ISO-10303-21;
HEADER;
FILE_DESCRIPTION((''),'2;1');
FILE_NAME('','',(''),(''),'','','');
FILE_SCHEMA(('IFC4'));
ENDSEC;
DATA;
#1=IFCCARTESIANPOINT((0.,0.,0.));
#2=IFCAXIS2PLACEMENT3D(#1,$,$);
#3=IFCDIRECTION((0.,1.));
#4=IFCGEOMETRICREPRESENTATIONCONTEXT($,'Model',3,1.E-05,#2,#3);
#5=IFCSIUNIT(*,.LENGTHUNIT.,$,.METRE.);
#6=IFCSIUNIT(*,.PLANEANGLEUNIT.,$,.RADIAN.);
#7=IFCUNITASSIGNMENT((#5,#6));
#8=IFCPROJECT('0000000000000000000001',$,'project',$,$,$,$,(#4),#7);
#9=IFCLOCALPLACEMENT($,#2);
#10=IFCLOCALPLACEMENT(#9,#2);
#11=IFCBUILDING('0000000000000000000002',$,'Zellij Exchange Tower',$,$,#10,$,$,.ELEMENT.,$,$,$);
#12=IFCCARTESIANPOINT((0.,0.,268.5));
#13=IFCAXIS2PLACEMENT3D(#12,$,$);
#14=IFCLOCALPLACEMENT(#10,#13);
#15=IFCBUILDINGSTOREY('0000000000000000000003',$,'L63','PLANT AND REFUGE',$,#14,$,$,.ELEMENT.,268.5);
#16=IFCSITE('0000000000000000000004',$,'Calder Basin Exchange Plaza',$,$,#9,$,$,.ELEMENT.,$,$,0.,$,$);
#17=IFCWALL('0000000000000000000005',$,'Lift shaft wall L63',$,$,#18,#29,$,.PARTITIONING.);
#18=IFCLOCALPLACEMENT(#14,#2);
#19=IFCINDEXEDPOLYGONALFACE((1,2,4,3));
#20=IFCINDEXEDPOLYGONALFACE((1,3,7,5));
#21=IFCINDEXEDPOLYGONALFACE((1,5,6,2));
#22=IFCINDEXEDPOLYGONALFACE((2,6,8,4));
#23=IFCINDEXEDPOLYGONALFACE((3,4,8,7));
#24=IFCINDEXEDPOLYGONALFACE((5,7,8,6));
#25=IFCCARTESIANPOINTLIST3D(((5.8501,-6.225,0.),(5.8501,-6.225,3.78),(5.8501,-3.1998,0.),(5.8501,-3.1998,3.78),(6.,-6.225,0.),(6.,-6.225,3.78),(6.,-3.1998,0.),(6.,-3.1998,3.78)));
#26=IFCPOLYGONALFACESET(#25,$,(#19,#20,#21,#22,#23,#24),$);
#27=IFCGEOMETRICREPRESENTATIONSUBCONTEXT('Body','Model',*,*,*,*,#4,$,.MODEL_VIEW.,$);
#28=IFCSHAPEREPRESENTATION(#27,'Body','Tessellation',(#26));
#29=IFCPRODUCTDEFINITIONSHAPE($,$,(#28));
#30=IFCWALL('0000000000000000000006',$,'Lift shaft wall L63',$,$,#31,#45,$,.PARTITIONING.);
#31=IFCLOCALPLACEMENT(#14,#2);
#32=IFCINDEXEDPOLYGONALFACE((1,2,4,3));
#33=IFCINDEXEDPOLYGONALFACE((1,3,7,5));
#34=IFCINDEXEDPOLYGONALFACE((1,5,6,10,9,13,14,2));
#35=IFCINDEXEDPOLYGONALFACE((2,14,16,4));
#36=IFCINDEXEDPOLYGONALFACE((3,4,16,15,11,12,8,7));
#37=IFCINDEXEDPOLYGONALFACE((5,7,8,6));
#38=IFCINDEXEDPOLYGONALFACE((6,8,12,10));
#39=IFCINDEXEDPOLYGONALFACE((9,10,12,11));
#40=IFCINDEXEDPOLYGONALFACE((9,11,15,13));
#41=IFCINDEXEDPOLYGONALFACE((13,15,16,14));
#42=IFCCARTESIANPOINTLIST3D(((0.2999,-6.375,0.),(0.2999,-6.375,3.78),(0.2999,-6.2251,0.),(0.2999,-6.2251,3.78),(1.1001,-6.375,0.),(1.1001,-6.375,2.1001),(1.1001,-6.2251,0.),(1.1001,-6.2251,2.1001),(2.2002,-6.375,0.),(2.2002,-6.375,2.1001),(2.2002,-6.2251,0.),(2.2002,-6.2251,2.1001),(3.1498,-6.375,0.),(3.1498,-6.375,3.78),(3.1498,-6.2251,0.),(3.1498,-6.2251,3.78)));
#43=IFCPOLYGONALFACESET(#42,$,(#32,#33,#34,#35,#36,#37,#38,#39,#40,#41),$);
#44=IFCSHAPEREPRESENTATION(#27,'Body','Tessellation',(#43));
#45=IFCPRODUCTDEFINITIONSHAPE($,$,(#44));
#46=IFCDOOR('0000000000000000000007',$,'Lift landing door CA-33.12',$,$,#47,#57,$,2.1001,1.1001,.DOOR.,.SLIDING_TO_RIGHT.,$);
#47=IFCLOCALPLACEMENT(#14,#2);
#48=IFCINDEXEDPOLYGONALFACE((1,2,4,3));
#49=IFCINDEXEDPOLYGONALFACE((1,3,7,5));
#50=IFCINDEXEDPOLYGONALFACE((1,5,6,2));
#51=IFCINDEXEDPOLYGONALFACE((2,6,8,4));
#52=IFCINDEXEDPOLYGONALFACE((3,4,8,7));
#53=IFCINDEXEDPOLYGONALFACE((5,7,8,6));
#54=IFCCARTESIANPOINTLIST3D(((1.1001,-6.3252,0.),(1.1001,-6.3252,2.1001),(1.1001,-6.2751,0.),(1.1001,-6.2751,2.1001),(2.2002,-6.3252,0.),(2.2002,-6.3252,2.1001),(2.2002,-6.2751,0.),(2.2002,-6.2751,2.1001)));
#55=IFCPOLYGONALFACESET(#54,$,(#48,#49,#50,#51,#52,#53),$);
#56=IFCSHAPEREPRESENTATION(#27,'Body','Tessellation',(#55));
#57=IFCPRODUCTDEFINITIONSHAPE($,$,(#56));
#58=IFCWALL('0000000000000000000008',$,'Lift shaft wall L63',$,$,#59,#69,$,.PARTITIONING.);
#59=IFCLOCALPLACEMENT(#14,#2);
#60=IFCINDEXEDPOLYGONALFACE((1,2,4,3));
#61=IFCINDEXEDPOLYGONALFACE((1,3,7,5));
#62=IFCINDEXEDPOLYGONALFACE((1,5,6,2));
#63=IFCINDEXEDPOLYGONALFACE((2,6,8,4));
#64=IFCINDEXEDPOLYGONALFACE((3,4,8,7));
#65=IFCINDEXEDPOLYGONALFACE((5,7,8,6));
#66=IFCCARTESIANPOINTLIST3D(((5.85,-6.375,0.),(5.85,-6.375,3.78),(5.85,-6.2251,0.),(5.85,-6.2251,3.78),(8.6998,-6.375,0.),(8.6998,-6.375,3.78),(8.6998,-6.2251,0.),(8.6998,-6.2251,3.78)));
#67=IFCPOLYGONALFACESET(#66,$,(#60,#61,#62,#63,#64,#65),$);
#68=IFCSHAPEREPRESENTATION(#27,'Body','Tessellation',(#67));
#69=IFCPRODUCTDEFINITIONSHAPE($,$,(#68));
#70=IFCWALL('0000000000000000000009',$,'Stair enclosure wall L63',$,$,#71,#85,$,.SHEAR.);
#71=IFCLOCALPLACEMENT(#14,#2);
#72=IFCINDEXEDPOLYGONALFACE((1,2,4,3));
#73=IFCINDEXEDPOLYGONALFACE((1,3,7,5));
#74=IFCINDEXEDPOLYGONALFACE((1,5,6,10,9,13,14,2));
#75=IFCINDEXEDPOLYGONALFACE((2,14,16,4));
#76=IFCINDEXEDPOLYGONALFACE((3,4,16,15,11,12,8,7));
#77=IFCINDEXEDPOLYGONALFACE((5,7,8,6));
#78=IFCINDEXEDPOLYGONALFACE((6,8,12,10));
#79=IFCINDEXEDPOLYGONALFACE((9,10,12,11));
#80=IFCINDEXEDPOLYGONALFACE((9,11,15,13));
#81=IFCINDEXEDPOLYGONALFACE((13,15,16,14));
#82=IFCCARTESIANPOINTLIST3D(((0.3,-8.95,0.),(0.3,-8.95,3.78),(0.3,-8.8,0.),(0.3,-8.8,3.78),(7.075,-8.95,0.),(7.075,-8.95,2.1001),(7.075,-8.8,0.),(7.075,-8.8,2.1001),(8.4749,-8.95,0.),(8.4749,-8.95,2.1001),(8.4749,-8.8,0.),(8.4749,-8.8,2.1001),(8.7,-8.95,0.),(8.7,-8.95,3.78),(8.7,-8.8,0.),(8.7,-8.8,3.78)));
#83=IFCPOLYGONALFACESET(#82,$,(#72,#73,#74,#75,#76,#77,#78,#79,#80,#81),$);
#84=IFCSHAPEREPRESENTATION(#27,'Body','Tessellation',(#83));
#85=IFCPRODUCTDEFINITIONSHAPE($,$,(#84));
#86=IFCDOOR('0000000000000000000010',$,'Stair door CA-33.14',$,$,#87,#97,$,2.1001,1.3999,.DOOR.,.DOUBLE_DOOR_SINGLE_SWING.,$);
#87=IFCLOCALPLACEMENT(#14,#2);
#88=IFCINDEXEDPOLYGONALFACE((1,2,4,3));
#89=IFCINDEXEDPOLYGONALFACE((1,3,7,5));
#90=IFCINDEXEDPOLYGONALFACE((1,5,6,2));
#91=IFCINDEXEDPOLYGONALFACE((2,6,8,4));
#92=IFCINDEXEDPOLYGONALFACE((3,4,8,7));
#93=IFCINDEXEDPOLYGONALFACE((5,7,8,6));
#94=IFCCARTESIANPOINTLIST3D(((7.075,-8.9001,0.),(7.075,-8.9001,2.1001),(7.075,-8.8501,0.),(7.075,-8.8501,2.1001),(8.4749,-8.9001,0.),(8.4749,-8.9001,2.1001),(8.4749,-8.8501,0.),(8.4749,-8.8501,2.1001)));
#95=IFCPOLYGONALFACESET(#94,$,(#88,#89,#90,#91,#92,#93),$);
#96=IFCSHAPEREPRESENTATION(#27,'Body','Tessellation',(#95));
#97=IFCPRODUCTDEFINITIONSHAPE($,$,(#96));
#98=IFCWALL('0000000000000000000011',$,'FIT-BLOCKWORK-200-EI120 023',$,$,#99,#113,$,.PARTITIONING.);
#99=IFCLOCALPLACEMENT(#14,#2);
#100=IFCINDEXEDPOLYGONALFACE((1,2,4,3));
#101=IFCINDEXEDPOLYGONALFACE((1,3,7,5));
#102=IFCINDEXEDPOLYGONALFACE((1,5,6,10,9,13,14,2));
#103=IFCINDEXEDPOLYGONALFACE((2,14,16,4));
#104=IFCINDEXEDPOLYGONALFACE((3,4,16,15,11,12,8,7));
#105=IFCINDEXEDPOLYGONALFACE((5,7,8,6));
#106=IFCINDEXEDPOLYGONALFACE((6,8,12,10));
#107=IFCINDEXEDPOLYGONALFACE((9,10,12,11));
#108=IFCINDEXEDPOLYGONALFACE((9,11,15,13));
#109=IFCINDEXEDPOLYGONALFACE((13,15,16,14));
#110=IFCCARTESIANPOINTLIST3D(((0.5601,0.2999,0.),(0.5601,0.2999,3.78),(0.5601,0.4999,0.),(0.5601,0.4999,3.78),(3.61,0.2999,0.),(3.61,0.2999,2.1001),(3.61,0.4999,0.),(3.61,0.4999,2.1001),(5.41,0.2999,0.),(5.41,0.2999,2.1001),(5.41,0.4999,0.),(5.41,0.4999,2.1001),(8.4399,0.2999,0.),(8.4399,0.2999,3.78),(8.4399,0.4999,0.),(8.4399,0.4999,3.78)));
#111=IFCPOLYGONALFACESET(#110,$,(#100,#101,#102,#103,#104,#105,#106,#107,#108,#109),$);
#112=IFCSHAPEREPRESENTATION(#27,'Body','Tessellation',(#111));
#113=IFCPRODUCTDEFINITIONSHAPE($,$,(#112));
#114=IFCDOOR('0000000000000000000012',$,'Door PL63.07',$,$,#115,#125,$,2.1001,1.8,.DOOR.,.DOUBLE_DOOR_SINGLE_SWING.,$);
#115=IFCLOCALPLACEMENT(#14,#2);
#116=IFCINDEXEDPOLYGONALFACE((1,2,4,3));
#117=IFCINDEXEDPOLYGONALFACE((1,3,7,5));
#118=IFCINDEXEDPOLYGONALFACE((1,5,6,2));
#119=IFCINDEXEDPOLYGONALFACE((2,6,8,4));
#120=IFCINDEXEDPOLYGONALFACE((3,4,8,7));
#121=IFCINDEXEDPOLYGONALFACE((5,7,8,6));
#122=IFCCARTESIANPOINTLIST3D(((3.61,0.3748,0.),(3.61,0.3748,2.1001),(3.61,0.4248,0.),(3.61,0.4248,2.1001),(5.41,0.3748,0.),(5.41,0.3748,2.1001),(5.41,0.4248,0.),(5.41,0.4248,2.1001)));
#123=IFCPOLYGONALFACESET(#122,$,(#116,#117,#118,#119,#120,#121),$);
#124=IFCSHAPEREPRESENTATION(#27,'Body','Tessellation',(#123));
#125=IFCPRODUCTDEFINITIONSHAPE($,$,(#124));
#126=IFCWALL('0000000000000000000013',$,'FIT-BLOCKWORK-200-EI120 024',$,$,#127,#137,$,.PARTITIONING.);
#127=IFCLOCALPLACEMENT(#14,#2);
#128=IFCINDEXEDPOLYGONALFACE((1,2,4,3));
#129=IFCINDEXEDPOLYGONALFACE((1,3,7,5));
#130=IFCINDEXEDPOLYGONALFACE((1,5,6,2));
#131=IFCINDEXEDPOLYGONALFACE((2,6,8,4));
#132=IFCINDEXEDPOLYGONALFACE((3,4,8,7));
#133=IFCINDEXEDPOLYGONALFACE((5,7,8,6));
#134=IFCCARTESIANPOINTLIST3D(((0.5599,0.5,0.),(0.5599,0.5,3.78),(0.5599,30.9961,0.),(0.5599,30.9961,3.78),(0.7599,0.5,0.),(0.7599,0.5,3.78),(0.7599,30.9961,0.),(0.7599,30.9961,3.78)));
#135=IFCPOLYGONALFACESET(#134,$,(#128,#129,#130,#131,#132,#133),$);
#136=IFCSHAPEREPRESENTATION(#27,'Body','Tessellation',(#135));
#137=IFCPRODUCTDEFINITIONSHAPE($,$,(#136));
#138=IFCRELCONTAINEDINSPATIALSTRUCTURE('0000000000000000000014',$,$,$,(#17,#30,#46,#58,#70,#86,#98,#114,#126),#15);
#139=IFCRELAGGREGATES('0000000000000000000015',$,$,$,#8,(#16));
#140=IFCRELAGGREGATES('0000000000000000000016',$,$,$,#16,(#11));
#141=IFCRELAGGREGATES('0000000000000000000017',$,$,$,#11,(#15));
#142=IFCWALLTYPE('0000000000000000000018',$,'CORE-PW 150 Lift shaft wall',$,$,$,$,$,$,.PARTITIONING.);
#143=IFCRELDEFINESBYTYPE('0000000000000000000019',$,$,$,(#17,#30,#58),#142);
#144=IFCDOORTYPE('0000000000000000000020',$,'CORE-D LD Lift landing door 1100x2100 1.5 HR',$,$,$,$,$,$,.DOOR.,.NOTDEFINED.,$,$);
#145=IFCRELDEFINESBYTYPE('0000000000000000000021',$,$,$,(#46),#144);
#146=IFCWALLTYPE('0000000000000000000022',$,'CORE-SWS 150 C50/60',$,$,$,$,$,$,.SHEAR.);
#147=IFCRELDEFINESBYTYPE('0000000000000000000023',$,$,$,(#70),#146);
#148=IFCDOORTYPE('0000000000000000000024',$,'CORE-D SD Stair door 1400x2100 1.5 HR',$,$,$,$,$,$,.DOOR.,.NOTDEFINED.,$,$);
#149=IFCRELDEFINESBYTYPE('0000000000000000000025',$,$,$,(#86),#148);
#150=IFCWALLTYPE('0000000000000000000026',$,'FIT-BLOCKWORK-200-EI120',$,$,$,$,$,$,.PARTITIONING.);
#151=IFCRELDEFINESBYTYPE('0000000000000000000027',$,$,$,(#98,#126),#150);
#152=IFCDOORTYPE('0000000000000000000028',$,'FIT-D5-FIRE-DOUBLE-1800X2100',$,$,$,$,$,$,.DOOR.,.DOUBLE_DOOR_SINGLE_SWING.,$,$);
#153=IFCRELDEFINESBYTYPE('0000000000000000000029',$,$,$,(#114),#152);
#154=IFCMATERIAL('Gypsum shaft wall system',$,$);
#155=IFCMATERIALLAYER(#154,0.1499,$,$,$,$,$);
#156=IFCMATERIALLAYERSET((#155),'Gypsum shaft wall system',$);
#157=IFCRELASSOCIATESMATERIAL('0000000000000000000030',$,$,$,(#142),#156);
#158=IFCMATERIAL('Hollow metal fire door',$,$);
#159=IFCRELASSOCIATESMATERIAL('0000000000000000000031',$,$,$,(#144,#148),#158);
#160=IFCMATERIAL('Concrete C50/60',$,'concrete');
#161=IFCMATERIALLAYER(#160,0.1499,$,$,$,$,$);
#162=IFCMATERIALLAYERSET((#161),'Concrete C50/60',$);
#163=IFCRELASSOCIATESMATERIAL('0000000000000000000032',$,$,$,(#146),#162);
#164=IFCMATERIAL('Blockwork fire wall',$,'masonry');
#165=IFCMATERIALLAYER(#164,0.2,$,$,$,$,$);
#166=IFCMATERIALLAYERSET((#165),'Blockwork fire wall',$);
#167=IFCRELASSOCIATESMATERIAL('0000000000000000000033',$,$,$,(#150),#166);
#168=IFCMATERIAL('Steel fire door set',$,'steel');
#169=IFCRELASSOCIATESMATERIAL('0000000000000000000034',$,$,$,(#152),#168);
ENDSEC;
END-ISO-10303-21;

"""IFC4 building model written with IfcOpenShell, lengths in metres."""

from ifc_helpers import new_model, si_unit, direction, frame, frame_2d, origin, place, context, subcontext, project, spatial, rectangle, extrude, material, layer, layer_set, type_object, element, fill, save


model = new_model("IFC4")

# Units and contexts
model_context = context("Model", 3, precision=1e-05, world=origin(), true_north=direction((0.0, 1.0)))
body_context = subcontext(model_context, "Body", "Model", "MODEL_VIEW")
ifc_project = project(units=[si_unit("LENGTHUNIT", "METRE"), si_unit("PLANEANGLEUNIT", "RADIAN")], contexts=[model_context])

# Site, building, storey
site_placement = place(None, origin())
site = spatial("IfcSite", under=ifc_project, at=site_placement, Name="Calder Basin Exchange Plaza", CompositionType="ELEMENT", RefElevation=0.0)
building_placement = place(site_placement, origin())
building = spatial("IfcBuilding", under=site, at=building_placement, Name="Zellij Exchange Tower", CompositionType="ELEMENT")
storey_placement = place(building_placement, frame((0.0, 0.0, 268.5)))
storey = spatial("IfcBuildingStorey", under=building, at=storey_placement, Name="L63", Description="PLANT AND REFUGE", CompositionType="ELEMENT", Elevation=268.5)

# Shared definitions
ifc_material_1 = material(Name="Concrete C50/60", Category="concrete")

# Shared definitions
ifc_material_2 = material(Name="Gypsum shaft wall system")
ifc_material_3 = material(Name="Hollow metal fire door")

# Wall
ifc_layer_1 = layer(ifc_material_2, 0.1499)
ifc_layer_set_1 = layer_set([ifc_layer_1], Name="Gypsum shaft wall system")
wall_type_1 = type_object("IfcWallType", Name="CORE-PW 150 Lift shaft wall", PredefinedType="PARTITIONING", material=ifc_layer_set_1)
for number, where, z_axis, x_axis, name in (
    (1, (5.925, -6.2251, 0.0), (0.0, 0.0, 1.0), (0.0, 1.0, 0.0), "Lift shaft wall L63"),
):
    element("IfcWall", number, at=place(storey_placement, frame(where, z_axis=z_axis, x_axis=x_axis)), inside=storey, type_object=wall_type_1, Name=name, PredefinedType="PARTITIONING", context=body_context, shape_type="SweptSolid", body=[
        extrude(rectangle(XDim=3.0251, YDim=0.1499, at=frame_2d((1.5127, 0.0))), origin(), (0.0, 0.0, 1.0), 3.78),
    ])

# Wall, opening, door
wall_1_placement = place(storey_placement, frame((0.3, -6.3, 0.0), z_axis=(0.0, 0.0, 1.0), x_axis=(1.0, 0.0, 0.0)))
wall_1 = element("IfcWall", 2, at=wall_1_placement, inside=storey, type_object=wall_type_1, Name="Lift shaft wall L63", PredefinedType="PARTITIONING", context=body_context, shape_type="SweptSolid", body=[
    extrude(rectangle(XDim=2.8499, YDim=0.1499, at=frame_2d((1.4248, 0.0))), origin(), (0.0, 0.0, 1.0), 3.78),
])
opening_1_placement = place(wall_1_placement, frame((0.8, 0.0, 0.0)))
opening_1 = element("IfcOpeningElement", 3, at=opening_1_placement, cuts=wall_1, PredefinedType="OPENING", context=body_context, shape_type="SweptSolid", body=[
    extrude(rectangle(XDim=1.1001, YDim=2.1001, at=frame_2d((0.55, 1.05))), frame((0.0, 0.0869, 0.0), z_axis=(0.0, -1.0, 0.0), x_axis=(1.0, 0.0, 0.0)), (0.0, 0.0, 1.0), 0.1738),
])
door_type_1 = type_object("IfcDoorType", Name="CORE-D LD Lift landing door 1100x2100 1.5 HR", OperationType="NOTDEFINED", PredefinedType="DOOR", material=ifc_material_3)
door_1_placement = place(opening_1_placement, origin())
door_1 = element("IfcDoor", 4, at=door_1_placement, inside=storey, type_object=door_type_1, Name="Lift landing door CA-33.12", OperationType="SLIDING_TO_RIGHT", OverallHeight=2.1001, OverallWidth=1.1001, PredefinedType="DOOR", context=body_context, shape_type="SweptSolid", body=[
    extrude(rectangle(XDim=1.1001, YDim=2.1001, at=frame_2d((0.55, 1.05))), frame((0.0, 0.0249, 0.0), z_axis=(0.0, -1.0, 0.0), x_axis=(1.0, 0.0, 0.0)), (0.0, 0.0, 1.0), 0.05),
])
fill(opening_1, door_1)

# Wall
wall_2_placement = place(storey_placement, frame((5.8501, -6.3, 0.0), z_axis=(0.0, 0.0, 1.0), x_axis=(1.0, 0.0, 0.0)))
element("IfcWall", 5, at=wall_2_placement, inside=storey, type_object=wall_type_1, Name="Lift shaft wall L63", PredefinedType="PARTITIONING", context=body_context, shape_type="SweptSolid", body=[
    extrude(rectangle(XDim=2.8499, YDim=0.1499, at=frame_2d((1.4248, 0.0))), origin(), (0.0, 0.0, 1.0), 3.78),
])

# Walls, openings, doors
ifc_layer_2 = layer(ifc_material_1, 0.1499)
ifc_layer_set_2 = layer_set([ifc_layer_2], Name="Concrete C50/60")
wall_type_2 = type_object("IfcWallType", Name="CORE-SWS 150 C50/60", PredefinedType="SHEAR", material=ifc_layer_set_2)
wall_3_placement = place(storey_placement, frame((0.3, -8.875, 0.0), z_axis=(0.0, 0.0, 1.0), x_axis=(1.0, 0.0, 0.0)))
wall_3 = element("IfcWall", 6, at=wall_3_placement, inside=storey, type_object=wall_type_2, Name="Stair enclosure wall L63", PredefinedType="SHEAR", context=body_context, shape_type="SweptSolid", body=[
    extrude(rectangle(XDim=8.3999, YDim=0.1499, at=frame_2d((4.2, 0.0))), origin(), (0.0, 0.0, 1.0), 3.78),
])
opening_2_placement = place(wall_3_placement, frame((6.7749, 0.0, 0.0)))
opening_2 = element("IfcOpeningElement", 7, at=opening_2_placement, cuts=wall_3, PredefinedType="OPENING", context=body_context, shape_type="SweptSolid", body=[
    extrude(rectangle(XDim=1.3999, YDim=2.1001, at=frame_2d((0.7, 1.05))), frame((0.0, 0.0869, 0.0), z_axis=(0.0, -1.0, 0.0), x_axis=(1.0, 0.0, 0.0)), (0.0, 0.0, 1.0), 0.1738),
])
door_type_2 = type_object("IfcDoorType", Name="CORE-D SD Stair door 1400x2100 1.5 HR", OperationType="NOTDEFINED", PredefinedType="DOOR", material=ifc_material_3)
door_2_placement = place(opening_2_placement, origin())
door_2 = element("IfcDoor", 8, at=door_2_placement, inside=storey, type_object=door_type_2, Name="Stair door CA-33.14", OperationType="DOUBLE_DOOR_SINGLE_SWING", OverallHeight=2.1001, OverallWidth=1.3999, PredefinedType="DOOR", context=body_context, shape_type="SweptSolid", body=[
    extrude(rectangle(XDim=1.3999, YDim=2.1001, at=frame_2d((0.7, 1.05))), frame((0.0, 0.0249, 0.0), z_axis=(0.0, -1.0, 0.0), x_axis=(1.0, 0.0, 0.0)), (0.0, 0.0, 1.0), 0.05),
])
fill(opening_2, door_2)
ifc_material_4 = material(Name="Blockwork fire wall", Category="masonry")
ifc_layer_3 = layer(ifc_material_4, 0.2)
ifc_layer_set_3 = layer_set([ifc_layer_3], Name="Blockwork fire wall")
wall_type_3 = type_object("IfcWallType", Name="FIT-BLOCKWORK-200-EI120", PredefinedType="PARTITIONING", material=ifc_layer_set_3)
wall_4_placement = place(storey_placement, frame((0.5601, 0.3999, 0.0), z_axis=(0.0, 0.0, 1.0), x_axis=(1.0, 0.0, 0.0)))
wall_4 = element("IfcWall", 9, at=wall_4_placement, inside=storey, type_object=wall_type_3, Name="FIT-BLOCKWORK-200-EI120 023", PredefinedType="PARTITIONING", context=body_context, shape_type="SweptSolid", body=[
    extrude(rectangle(XDim=7.8799, YDim=0.2, at=frame_2d((3.9399, 0.0))), origin(), (0.0, 0.0, 1.0), 3.78),
])
opening_3_placement = place(wall_4_placement, frame((3.05, 0.0, 0.0)))
opening_3 = element("IfcOpeningElement", 10, at=opening_3_placement, cuts=wall_4, PredefinedType="OPENING", context=body_context, shape_type="SweptSolid", body=[
    extrude(rectangle(XDim=1.8, YDim=2.1001, at=frame_2d((0.8999, 1.05))), frame((0.0, 0.1118, 0.0), z_axis=(0.0, -1.0, 0.0), x_axis=(1.0, 0.0, 0.0)), (0.0, 0.0, 1.0), 0.2239),
])
ifc_material_5 = material(Name="Steel fire door set", Category="steel")
door_type_3 = type_object("IfcDoorType", Name="FIT-D5-FIRE-DOUBLE-1800X2100", OperationType="DOUBLE_DOOR_SINGLE_SWING", PredefinedType="DOOR", material=ifc_material_5)
door_3_placement = place(opening_3_placement, origin())
door_3 = element("IfcDoor", 11, at=door_3_placement, inside=storey, type_object=door_type_3, Name="Door PL63.07", OperationType="DOUBLE_DOOR_SINGLE_SWING", OverallHeight=2.1001, OverallWidth=1.8, PredefinedType="DOOR", context=body_context, shape_type="SweptSolid", body=[
    extrude(rectangle(XDim=1.8, YDim=2.1001, at=frame_2d((0.8999, 1.05))), frame((0.0, 0.0249, 0.0), z_axis=(0.0, -1.0, 0.0), x_axis=(1.0, 0.0, 0.0)), (0.0, 0.0, 1.0), 0.05),
])
fill(opening_3, door_3)

# Wall
wall_5_placement = place(storey_placement, frame((0.6599, 0.5, 0.0), z_axis=(0.0, 0.0, 1.0), x_axis=(0.0, 1.0, 0.0)))
element("IfcWall", 12, at=wall_5_placement, inside=storey, type_object=wall_type_3, Name="FIT-BLOCKWORK-200-EI120 024", PredefinedType="PARTITIONING", context=body_context, shape_type="SweptSolid", body=[
    extrude(rectangle(XDim=30.4961, YDim=0.2, at=frame_2d((15.248, 0.0))), origin(), (0.0, 0.0, 1.0), 3.78),
])

save(model, "model.ifc")
